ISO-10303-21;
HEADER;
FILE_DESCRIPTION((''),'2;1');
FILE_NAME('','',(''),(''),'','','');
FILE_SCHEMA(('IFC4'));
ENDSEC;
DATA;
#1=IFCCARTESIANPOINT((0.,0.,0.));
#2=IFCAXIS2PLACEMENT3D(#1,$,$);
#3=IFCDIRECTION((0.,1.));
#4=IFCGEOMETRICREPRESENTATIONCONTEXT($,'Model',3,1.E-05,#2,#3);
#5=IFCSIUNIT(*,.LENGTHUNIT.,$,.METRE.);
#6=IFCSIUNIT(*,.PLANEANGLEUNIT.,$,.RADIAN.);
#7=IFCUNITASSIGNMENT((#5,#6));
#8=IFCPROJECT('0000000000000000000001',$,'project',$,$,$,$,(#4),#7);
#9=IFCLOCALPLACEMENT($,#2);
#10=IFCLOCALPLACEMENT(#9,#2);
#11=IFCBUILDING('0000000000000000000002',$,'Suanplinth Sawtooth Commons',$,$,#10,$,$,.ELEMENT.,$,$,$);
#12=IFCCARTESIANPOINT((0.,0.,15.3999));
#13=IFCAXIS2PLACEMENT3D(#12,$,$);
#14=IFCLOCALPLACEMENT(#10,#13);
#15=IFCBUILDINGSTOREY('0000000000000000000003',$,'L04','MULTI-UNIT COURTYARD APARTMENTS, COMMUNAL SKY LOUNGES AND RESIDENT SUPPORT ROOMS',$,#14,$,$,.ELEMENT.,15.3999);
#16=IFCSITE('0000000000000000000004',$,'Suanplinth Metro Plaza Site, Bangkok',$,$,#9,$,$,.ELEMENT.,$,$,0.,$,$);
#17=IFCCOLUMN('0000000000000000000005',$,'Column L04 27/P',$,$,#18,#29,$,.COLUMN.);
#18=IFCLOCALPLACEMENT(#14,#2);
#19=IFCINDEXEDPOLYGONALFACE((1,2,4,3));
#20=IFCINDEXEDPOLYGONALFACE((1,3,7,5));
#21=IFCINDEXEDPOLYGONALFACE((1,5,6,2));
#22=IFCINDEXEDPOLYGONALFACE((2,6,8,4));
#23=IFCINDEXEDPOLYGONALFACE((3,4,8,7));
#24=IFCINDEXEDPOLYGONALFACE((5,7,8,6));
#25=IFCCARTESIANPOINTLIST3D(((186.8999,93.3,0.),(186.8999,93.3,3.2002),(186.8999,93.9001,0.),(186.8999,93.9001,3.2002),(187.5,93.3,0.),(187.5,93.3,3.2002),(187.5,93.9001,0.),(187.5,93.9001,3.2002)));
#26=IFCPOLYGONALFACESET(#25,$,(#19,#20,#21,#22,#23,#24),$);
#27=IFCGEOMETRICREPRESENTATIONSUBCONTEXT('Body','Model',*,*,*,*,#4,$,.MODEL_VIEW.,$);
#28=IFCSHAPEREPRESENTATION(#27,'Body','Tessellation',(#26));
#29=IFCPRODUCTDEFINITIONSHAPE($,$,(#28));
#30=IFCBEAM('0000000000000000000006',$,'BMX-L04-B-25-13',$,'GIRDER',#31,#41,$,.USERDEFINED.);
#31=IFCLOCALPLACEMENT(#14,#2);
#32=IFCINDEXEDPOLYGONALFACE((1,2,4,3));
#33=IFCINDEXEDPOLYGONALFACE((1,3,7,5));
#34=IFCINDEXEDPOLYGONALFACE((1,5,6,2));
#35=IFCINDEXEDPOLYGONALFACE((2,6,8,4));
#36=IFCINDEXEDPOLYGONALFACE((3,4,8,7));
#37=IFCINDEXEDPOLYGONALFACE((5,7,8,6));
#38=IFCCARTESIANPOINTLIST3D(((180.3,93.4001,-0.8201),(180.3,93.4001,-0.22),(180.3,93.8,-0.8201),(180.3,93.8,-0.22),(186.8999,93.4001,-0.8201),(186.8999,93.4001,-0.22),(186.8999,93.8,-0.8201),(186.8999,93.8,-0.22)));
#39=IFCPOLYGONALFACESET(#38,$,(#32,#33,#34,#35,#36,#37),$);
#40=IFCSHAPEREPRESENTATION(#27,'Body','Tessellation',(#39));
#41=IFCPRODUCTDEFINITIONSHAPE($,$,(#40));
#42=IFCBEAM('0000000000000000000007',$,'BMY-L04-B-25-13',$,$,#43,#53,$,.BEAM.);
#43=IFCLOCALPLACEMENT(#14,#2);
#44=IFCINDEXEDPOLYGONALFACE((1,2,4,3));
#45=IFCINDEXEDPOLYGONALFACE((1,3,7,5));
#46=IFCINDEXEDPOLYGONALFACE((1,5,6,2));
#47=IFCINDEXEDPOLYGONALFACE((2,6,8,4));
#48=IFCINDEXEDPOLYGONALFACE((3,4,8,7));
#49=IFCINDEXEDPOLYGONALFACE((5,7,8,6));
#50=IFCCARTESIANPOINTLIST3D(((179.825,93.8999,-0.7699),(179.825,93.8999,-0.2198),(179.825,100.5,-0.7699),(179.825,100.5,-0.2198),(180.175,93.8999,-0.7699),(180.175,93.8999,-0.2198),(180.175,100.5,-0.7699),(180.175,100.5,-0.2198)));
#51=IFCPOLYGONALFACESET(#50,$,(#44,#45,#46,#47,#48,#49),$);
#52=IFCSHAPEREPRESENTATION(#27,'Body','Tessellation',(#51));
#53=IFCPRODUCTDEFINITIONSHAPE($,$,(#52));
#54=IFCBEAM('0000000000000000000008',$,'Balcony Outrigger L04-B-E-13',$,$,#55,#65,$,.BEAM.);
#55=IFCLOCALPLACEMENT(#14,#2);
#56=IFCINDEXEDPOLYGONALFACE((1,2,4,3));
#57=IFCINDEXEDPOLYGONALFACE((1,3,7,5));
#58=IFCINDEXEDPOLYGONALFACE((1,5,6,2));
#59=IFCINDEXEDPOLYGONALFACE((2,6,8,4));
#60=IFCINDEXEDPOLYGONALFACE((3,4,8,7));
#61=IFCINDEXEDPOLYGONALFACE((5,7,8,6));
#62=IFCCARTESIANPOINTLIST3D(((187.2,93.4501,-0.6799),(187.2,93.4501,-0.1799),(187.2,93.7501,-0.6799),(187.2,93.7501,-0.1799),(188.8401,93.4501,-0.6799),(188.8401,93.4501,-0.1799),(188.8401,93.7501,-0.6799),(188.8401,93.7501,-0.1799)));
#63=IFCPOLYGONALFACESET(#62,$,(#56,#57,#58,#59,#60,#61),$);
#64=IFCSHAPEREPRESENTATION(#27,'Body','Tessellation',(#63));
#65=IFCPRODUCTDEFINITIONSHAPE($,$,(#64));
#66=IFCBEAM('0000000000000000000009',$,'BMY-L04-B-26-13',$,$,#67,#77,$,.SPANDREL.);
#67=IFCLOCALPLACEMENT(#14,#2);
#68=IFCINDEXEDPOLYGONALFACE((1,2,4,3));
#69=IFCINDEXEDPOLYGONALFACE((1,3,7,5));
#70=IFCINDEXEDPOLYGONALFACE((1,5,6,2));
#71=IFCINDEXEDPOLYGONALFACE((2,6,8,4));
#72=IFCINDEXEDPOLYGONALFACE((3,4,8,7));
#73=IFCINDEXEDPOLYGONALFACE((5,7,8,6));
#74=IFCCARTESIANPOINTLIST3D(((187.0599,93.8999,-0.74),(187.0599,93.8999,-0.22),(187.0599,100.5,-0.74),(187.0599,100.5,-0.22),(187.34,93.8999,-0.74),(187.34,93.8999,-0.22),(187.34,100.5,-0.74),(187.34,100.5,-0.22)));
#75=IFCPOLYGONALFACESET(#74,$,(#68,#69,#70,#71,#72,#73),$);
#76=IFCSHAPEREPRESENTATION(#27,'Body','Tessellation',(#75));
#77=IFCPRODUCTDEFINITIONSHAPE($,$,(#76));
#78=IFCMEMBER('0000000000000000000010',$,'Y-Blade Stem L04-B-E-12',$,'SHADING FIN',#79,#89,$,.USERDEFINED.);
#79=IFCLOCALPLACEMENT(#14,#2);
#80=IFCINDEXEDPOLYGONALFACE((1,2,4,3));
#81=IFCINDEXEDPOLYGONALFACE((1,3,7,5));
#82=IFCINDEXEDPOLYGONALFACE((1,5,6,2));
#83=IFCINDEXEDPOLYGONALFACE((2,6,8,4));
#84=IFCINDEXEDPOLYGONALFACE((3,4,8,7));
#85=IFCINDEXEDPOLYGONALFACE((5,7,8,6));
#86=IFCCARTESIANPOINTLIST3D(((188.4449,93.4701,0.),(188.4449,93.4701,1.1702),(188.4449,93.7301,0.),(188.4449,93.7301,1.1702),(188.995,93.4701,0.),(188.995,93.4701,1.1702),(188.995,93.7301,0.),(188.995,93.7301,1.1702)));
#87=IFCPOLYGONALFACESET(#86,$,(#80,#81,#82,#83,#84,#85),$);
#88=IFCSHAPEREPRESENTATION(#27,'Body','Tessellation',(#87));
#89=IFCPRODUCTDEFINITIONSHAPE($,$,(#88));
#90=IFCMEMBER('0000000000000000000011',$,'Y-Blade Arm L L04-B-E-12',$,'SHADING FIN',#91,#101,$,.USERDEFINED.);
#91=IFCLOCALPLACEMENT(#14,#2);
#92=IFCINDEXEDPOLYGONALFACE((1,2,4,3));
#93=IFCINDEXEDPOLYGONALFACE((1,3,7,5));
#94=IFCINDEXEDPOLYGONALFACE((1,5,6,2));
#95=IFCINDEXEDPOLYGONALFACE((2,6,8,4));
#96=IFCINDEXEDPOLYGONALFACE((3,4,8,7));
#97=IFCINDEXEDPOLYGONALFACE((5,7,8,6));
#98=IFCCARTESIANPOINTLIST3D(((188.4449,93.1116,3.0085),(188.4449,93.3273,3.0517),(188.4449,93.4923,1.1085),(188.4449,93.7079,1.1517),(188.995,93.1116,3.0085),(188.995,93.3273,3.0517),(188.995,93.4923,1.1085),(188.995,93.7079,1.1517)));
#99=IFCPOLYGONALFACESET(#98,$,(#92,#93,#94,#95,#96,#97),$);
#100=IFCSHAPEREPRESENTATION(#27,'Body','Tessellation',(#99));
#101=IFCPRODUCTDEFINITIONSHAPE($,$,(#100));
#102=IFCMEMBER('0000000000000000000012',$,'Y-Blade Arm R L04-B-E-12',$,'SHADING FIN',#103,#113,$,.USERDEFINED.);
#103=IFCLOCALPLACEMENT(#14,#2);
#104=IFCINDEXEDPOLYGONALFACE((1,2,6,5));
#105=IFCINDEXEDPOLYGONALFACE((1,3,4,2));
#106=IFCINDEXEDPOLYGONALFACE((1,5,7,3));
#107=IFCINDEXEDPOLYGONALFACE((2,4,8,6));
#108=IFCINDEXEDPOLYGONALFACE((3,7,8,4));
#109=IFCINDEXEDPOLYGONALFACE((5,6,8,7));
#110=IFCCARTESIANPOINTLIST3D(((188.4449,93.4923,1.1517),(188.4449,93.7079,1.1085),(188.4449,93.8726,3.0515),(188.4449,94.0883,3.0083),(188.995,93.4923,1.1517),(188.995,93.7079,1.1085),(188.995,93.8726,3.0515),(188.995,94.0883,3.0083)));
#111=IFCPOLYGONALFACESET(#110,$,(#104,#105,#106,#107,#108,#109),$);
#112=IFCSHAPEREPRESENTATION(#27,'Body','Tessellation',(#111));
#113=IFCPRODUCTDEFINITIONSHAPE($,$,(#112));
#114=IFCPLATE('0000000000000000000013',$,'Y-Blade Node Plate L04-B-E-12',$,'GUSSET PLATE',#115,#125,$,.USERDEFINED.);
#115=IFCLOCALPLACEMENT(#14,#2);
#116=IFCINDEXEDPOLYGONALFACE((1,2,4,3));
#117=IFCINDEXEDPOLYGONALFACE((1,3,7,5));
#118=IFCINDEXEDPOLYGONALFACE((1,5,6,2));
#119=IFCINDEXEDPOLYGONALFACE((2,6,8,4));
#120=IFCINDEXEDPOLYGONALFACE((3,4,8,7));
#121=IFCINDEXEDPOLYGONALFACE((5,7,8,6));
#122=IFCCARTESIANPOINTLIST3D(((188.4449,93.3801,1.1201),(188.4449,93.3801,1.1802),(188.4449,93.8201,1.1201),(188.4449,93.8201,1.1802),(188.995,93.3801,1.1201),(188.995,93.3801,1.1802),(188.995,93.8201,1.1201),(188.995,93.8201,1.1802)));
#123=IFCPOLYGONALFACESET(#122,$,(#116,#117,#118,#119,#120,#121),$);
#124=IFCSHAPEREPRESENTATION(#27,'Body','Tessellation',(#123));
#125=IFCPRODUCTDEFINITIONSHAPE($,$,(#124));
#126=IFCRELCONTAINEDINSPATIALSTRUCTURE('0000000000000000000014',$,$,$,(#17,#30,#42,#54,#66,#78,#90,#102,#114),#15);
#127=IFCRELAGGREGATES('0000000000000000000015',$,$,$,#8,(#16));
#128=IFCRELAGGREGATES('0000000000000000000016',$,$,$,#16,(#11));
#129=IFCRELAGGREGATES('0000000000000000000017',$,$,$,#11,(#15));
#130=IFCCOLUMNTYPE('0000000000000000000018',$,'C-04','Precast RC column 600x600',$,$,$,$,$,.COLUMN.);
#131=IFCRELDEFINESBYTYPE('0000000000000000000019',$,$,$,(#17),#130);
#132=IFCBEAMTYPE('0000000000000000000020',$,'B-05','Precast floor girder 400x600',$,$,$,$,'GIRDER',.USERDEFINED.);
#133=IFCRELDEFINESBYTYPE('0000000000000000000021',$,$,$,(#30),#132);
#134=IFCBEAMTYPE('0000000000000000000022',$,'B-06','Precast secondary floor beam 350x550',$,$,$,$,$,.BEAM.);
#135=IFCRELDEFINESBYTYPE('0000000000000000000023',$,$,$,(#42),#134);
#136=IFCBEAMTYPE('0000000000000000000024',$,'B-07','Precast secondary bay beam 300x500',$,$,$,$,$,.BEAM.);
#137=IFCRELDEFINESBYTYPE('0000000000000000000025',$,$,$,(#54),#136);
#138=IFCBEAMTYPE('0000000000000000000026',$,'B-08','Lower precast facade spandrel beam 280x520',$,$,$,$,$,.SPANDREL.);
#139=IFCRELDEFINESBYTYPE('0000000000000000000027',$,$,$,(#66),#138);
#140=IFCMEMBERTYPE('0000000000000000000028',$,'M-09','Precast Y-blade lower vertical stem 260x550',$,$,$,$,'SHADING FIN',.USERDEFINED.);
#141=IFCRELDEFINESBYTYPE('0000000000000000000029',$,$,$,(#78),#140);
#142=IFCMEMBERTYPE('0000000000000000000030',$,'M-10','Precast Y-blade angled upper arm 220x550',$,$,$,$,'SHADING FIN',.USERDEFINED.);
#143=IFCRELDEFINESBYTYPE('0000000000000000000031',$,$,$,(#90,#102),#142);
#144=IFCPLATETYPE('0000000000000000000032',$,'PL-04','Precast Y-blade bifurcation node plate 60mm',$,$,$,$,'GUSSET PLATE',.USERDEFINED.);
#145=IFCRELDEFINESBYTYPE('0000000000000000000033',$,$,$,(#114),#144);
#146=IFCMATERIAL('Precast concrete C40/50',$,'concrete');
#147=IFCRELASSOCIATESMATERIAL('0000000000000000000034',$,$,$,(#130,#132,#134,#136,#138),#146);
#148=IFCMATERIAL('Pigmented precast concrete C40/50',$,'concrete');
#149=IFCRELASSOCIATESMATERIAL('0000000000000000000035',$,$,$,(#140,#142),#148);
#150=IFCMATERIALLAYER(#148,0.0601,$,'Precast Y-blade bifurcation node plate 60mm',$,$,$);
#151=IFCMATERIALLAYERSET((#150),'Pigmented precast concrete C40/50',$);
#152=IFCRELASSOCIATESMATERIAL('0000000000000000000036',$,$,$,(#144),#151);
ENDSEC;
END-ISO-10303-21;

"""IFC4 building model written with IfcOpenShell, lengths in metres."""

from ifc_helpers import new_model, si_unit, direction, frame, origin, origin_2d, place, context, subcontext, project, spatial, rectangle, extrude, material, layer, layer_set, material_profile, profile_set, type_object, element, save


model = new_model("IFC4")

# Units and contexts
model_context = context("Model", 3, precision=1e-05, world=origin(), true_north=direction((0.0, 1.0)))
body_context = subcontext(model_context, "Body", "Model", "MODEL_VIEW")
ifc_project = project(units=[si_unit("LENGTHUNIT", "METRE"), si_unit("PLANEANGLEUNIT", "RADIAN")], contexts=[model_context])

# Site, building, storey
site_placement = place(None, origin())
site = spatial("IfcSite", under=ifc_project, at=site_placement, Name="Suanplinth Metro Plaza Site, Bangkok", CompositionType="ELEMENT", RefElevation=0.0)
building_placement = place(site_placement, origin())
building = spatial("IfcBuilding", under=site, at=building_placement, Name="Suanplinth Sawtooth Commons", CompositionType="ELEMENT")
storey_placement = place(building_placement, frame((0.0, 0.0, 15.3999)))
storey = spatial("IfcBuildingStorey", under=building, at=storey_placement, Name="L04", Description="MULTI-UNIT COURTYARD APARTMENTS, COMMUNAL SKY LOUNGES AND RESIDENT SUPPORT ROOMS", CompositionType="ELEMENT", Elevation=15.3999)

# Column
ifc_material_1 = material(Name="Precast concrete C40/50", Category="concrete")
ifc_material_profile_1 = material_profile(ifc_material_1, rectangle(XDim=0.6001, YDim=0.6001, at=origin_2d()), Name="PC-COL 600x600")
ifc_profile_set_1 = profile_set([ifc_material_profile_1], Name="Precast concrete C40/50")
column_type = type_object("IfcColumnType", Name="C-04", Description="Precast RC column 600x600", PredefinedType="COLUMN", material=ifc_profile_set_1)
column_placement = place(storey_placement, frame((187.2, 93.6001, 0.0), z_axis=(0.0, 0.0, 1.0), x_axis=(1.0, 0.0, 0.0)))
element("IfcColumn", 1, at=column_placement, inside=storey, type_object=column_type, Name="Column L04 27/P", PredefinedType="COLUMN", context=body_context, shape_type="SweptSolid", body=[
    extrude(rectangle(XDim=0.6001, YDim=0.6001, at=origin_2d()), origin(), (0.0, 0.0, 1.0), 3.2002),
])

# Beams
ifc_material_profile_2 = material_profile(ifc_material_1, rectangle(XDim=0.3999, YDim=0.6001, at=origin_2d()), Name="PC-GDR 400x600")
ifc_profile_set_2 = profile_set([ifc_material_profile_2], Name="Precast concrete C40/50")
beam_type_1 = type_object("IfcBeamType", Name="B-05", Description="Precast floor girder 400x600", ElementType="GIRDER", PredefinedType="USERDEFINED", material=ifc_profile_set_2)
beam_1_placement = place(storey_placement, frame((180.3, 93.6001, -0.52), z_axis=(1.0, 0.0, 0.0), x_axis=(0.0, 1.0, 0.0)))
element("IfcBeam", 2, at=beam_1_placement, inside=storey, type_object=beam_type_1, Name="BMX-L04-B-25-13", ObjectType="GIRDER", PredefinedType="USERDEFINED", context=body_context, shape_type="SweptSolid", body=[
    extrude(rectangle(XDim=0.3999, YDim=0.6001, at=origin_2d()), origin(), (0.0, 0.0, 1.0), 6.5999),
])
ifc_material_profile_3 = material_profile(ifc_material_1, rectangle(XDim=0.3501, YDim=0.55, at=origin_2d()), Name="PC-BM 350x550")
ifc_profile_set_3 = profile_set([ifc_material_profile_3], Name="Precast concrete C40/50")
beam_type_2 = type_object("IfcBeamType", Name="B-06", Description="Precast secondary floor beam 350x550", PredefinedType="BEAM", material=ifc_profile_set_3)
beam_2_placement = place(storey_placement, frame((180.0, 93.8999, -0.4949), z_axis=(0.0, 1.0, 0.0), x_axis=(-1.0, 0.0, 0.0)))
element("IfcBeam", 3, at=beam_2_placement, inside=storey, type_object=beam_type_2, Name="BMY-L04-B-25-13", PredefinedType="BEAM", context=body_context, shape_type="SweptSolid", body=[
    extrude(rectangle(XDim=0.3501, YDim=0.55, at=origin_2d()), origin(), (0.0, 0.0, 1.0), 6.6001),
])
ifc_material_profile_4 = material_profile(ifc_material_1, rectangle(XDim=0.3, YDim=0.5, at=origin_2d()), Name="PC-BM 300x500")
ifc_profile_set_4 = profile_set([ifc_material_profile_4], Name="Precast concrete C40/50")
beam_type_3 = type_object("IfcBeamType", Name="B-07", Description="Precast secondary bay beam 300x500", PredefinedType="BEAM", material=ifc_profile_set_4)
beam_3_placement = place(storey_placement, frame((187.2, 93.6001, -0.4299), z_axis=(1.0, 0.0, 0.0), x_axis=(0.0, 1.0, 0.0)))
element("IfcBeam", 4, at=beam_3_placement, inside=storey, type_object=beam_type_3, Name="Balcony Outrigger L04-B-E-13", PredefinedType="BEAM", context=body_context, shape_type="SweptSolid", body=[
    extrude(rectangle(XDim=0.3, YDim=0.5, at=origin_2d()), origin(), (0.0, 0.0, 1.0), 1.6401),
])
ifc_material_profile_5 = material_profile(ifc_material_1, rectangle(XDim=0.28, YDim=0.52, at=origin_2d()), Name="PC-SP 280x520")
ifc_profile_set_5 = profile_set([ifc_material_profile_5], Name="Precast concrete C40/50")
beam_type_4 = type_object("IfcBeamType", Name="B-08", Description="Lower precast facade spandrel beam 280x520", PredefinedType="SPANDREL", material=ifc_profile_set_5)
beam_4_placement = place(storey_placement, frame((187.2, 93.8999, -0.48), z_axis=(0.0, 1.0, 0.0), x_axis=(-1.0, 0.0, 0.0)))
element("IfcBeam", 5, at=beam_4_placement, inside=storey, type_object=beam_type_4, Name="BMY-L04-B-26-13", PredefinedType="SPANDREL", context=body_context, shape_type="SweptSolid", body=[
    extrude(rectangle(XDim=0.28, YDim=0.52, at=origin_2d()), origin(), (0.0, 0.0, 1.0), 6.6001),
])

# Members
ifc_material_2 = material(Name="Pigmented precast concrete C40/50", Category="concrete")
ifc_material_profile_6 = material_profile(ifc_material_2, rectangle(XDim=0.26, YDim=0.55, at=origin_2d()), Name="PC-FIN 260x550")
ifc_profile_set_6 = profile_set([ifc_material_profile_6], Name="Pigmented precast concrete C40/50")
member_type_1 = type_object("IfcMemberType", Name="M-09", Description="Precast Y-blade lower vertical stem 260x550", ElementType="SHADING FIN", PredefinedType="USERDEFINED", material=ifc_profile_set_6)
member_1_placement = place(storey_placement, frame((188.72, 93.6001, 0.0), z_axis=(0.0, 0.0, 1.0), x_axis=(0.0, 1.0, 0.0)))
element("IfcMember", 6, at=member_1_placement, inside=storey, type_object=member_type_1, Name="Y-Blade Stem L04-B-E-12", ObjectType="SHADING FIN", PredefinedType="USERDEFINED", context=body_context, shape_type="SweptSolid", body=[
    extrude(rectangle(XDim=0.26, YDim=0.55, at=origin_2d()), origin(), (0.0, 0.0, 1.0), 1.1702),
])
ifc_material_profile_7 = material_profile(ifc_material_2, rectangle(XDim=0.22, YDim=0.55, at=origin_2d()), Name="PC-FIN 220x550")
ifc_profile_set_7 = profile_set([ifc_material_profile_7], Name="Pigmented precast concrete C40/50")
member_type_2 = type_object("IfcMemberType", Name="M-10", Description="Precast Y-blade angled upper arm 220x550", ElementType="SHADING FIN", PredefinedType="USERDEFINED", material=ifc_profile_set_7)
member_2_placement = place(storey_placement, frame((188.72, 93.6001, 1.1301), z_axis=(0.0, -0.196431, 0.980518), x_axis=(0.0, 0.980518, 0.196431)))
element("IfcMember", 7, at=member_2_placement, inside=storey, type_object=member_type_2, Name="Y-Blade Arm L L04-B-E-12", ObjectType="SHADING FIN", PredefinedType="USERDEFINED", context=body_context, shape_type="SweptSolid", body=[
    extrude(rectangle(XDim=0.22, YDim=0.55, at=origin_2d()), origin(), (0.0, 0.0, 1.0), 1.9377),
])
member_3_placement = place(storey_placement, frame((188.72, 93.6001, 1.1301), z_axis=(0.0, 0.19631, 0.980542), x_axis=(0.0, -0.980542, 0.19631)))
element("IfcMember", 8, at=member_3_placement, inside=storey, type_object=member_type_2, Name="Y-Blade Arm R L04-B-E-12", ObjectType="SHADING FIN", PredefinedType="USERDEFINED", context=body_context, shape_type="SweptSolid", body=[
    extrude(rectangle(XDim=0.22, YDim=0.55, at=origin_2d()), origin(), (0.0, 0.0, 1.0), 1.9375),
])

# Plate
ifc_layer_1 = layer(ifc_material_2, 0.0601, Name="Precast Y-blade bifurcation node plate 60mm")
ifc_layer_set_1 = layer_set([ifc_layer_1], Name="Pigmented precast concrete C40/50")
plate_type = type_object("IfcPlateType", Name="PL-04", Description="Precast Y-blade bifurcation node plate 60mm", ElementType="GUSSET PLATE", PredefinedType="USERDEFINED", material=ifc_layer_set_1)
plate_placement = place(storey_placement, frame((188.72, 93.6001, 1.1201), z_axis=(0.0, 0.0, 1.0), x_axis=(0.0, 1.0, 0.0)))
element("IfcPlate", 9, at=plate_placement, inside=storey, type_object=plate_type, Name="Y-Blade Node Plate L04-B-E-12", ObjectType="GUSSET PLATE", PredefinedType="USERDEFINED", context=body_context, shape_type="SweptSolid", body=[
    extrude(rectangle(XDim=0.4399, YDim=0.55, at=origin_2d()), origin(), (0.0, 0.0, 1.0), 0.0601),
])

save(model, "model.ifc")
